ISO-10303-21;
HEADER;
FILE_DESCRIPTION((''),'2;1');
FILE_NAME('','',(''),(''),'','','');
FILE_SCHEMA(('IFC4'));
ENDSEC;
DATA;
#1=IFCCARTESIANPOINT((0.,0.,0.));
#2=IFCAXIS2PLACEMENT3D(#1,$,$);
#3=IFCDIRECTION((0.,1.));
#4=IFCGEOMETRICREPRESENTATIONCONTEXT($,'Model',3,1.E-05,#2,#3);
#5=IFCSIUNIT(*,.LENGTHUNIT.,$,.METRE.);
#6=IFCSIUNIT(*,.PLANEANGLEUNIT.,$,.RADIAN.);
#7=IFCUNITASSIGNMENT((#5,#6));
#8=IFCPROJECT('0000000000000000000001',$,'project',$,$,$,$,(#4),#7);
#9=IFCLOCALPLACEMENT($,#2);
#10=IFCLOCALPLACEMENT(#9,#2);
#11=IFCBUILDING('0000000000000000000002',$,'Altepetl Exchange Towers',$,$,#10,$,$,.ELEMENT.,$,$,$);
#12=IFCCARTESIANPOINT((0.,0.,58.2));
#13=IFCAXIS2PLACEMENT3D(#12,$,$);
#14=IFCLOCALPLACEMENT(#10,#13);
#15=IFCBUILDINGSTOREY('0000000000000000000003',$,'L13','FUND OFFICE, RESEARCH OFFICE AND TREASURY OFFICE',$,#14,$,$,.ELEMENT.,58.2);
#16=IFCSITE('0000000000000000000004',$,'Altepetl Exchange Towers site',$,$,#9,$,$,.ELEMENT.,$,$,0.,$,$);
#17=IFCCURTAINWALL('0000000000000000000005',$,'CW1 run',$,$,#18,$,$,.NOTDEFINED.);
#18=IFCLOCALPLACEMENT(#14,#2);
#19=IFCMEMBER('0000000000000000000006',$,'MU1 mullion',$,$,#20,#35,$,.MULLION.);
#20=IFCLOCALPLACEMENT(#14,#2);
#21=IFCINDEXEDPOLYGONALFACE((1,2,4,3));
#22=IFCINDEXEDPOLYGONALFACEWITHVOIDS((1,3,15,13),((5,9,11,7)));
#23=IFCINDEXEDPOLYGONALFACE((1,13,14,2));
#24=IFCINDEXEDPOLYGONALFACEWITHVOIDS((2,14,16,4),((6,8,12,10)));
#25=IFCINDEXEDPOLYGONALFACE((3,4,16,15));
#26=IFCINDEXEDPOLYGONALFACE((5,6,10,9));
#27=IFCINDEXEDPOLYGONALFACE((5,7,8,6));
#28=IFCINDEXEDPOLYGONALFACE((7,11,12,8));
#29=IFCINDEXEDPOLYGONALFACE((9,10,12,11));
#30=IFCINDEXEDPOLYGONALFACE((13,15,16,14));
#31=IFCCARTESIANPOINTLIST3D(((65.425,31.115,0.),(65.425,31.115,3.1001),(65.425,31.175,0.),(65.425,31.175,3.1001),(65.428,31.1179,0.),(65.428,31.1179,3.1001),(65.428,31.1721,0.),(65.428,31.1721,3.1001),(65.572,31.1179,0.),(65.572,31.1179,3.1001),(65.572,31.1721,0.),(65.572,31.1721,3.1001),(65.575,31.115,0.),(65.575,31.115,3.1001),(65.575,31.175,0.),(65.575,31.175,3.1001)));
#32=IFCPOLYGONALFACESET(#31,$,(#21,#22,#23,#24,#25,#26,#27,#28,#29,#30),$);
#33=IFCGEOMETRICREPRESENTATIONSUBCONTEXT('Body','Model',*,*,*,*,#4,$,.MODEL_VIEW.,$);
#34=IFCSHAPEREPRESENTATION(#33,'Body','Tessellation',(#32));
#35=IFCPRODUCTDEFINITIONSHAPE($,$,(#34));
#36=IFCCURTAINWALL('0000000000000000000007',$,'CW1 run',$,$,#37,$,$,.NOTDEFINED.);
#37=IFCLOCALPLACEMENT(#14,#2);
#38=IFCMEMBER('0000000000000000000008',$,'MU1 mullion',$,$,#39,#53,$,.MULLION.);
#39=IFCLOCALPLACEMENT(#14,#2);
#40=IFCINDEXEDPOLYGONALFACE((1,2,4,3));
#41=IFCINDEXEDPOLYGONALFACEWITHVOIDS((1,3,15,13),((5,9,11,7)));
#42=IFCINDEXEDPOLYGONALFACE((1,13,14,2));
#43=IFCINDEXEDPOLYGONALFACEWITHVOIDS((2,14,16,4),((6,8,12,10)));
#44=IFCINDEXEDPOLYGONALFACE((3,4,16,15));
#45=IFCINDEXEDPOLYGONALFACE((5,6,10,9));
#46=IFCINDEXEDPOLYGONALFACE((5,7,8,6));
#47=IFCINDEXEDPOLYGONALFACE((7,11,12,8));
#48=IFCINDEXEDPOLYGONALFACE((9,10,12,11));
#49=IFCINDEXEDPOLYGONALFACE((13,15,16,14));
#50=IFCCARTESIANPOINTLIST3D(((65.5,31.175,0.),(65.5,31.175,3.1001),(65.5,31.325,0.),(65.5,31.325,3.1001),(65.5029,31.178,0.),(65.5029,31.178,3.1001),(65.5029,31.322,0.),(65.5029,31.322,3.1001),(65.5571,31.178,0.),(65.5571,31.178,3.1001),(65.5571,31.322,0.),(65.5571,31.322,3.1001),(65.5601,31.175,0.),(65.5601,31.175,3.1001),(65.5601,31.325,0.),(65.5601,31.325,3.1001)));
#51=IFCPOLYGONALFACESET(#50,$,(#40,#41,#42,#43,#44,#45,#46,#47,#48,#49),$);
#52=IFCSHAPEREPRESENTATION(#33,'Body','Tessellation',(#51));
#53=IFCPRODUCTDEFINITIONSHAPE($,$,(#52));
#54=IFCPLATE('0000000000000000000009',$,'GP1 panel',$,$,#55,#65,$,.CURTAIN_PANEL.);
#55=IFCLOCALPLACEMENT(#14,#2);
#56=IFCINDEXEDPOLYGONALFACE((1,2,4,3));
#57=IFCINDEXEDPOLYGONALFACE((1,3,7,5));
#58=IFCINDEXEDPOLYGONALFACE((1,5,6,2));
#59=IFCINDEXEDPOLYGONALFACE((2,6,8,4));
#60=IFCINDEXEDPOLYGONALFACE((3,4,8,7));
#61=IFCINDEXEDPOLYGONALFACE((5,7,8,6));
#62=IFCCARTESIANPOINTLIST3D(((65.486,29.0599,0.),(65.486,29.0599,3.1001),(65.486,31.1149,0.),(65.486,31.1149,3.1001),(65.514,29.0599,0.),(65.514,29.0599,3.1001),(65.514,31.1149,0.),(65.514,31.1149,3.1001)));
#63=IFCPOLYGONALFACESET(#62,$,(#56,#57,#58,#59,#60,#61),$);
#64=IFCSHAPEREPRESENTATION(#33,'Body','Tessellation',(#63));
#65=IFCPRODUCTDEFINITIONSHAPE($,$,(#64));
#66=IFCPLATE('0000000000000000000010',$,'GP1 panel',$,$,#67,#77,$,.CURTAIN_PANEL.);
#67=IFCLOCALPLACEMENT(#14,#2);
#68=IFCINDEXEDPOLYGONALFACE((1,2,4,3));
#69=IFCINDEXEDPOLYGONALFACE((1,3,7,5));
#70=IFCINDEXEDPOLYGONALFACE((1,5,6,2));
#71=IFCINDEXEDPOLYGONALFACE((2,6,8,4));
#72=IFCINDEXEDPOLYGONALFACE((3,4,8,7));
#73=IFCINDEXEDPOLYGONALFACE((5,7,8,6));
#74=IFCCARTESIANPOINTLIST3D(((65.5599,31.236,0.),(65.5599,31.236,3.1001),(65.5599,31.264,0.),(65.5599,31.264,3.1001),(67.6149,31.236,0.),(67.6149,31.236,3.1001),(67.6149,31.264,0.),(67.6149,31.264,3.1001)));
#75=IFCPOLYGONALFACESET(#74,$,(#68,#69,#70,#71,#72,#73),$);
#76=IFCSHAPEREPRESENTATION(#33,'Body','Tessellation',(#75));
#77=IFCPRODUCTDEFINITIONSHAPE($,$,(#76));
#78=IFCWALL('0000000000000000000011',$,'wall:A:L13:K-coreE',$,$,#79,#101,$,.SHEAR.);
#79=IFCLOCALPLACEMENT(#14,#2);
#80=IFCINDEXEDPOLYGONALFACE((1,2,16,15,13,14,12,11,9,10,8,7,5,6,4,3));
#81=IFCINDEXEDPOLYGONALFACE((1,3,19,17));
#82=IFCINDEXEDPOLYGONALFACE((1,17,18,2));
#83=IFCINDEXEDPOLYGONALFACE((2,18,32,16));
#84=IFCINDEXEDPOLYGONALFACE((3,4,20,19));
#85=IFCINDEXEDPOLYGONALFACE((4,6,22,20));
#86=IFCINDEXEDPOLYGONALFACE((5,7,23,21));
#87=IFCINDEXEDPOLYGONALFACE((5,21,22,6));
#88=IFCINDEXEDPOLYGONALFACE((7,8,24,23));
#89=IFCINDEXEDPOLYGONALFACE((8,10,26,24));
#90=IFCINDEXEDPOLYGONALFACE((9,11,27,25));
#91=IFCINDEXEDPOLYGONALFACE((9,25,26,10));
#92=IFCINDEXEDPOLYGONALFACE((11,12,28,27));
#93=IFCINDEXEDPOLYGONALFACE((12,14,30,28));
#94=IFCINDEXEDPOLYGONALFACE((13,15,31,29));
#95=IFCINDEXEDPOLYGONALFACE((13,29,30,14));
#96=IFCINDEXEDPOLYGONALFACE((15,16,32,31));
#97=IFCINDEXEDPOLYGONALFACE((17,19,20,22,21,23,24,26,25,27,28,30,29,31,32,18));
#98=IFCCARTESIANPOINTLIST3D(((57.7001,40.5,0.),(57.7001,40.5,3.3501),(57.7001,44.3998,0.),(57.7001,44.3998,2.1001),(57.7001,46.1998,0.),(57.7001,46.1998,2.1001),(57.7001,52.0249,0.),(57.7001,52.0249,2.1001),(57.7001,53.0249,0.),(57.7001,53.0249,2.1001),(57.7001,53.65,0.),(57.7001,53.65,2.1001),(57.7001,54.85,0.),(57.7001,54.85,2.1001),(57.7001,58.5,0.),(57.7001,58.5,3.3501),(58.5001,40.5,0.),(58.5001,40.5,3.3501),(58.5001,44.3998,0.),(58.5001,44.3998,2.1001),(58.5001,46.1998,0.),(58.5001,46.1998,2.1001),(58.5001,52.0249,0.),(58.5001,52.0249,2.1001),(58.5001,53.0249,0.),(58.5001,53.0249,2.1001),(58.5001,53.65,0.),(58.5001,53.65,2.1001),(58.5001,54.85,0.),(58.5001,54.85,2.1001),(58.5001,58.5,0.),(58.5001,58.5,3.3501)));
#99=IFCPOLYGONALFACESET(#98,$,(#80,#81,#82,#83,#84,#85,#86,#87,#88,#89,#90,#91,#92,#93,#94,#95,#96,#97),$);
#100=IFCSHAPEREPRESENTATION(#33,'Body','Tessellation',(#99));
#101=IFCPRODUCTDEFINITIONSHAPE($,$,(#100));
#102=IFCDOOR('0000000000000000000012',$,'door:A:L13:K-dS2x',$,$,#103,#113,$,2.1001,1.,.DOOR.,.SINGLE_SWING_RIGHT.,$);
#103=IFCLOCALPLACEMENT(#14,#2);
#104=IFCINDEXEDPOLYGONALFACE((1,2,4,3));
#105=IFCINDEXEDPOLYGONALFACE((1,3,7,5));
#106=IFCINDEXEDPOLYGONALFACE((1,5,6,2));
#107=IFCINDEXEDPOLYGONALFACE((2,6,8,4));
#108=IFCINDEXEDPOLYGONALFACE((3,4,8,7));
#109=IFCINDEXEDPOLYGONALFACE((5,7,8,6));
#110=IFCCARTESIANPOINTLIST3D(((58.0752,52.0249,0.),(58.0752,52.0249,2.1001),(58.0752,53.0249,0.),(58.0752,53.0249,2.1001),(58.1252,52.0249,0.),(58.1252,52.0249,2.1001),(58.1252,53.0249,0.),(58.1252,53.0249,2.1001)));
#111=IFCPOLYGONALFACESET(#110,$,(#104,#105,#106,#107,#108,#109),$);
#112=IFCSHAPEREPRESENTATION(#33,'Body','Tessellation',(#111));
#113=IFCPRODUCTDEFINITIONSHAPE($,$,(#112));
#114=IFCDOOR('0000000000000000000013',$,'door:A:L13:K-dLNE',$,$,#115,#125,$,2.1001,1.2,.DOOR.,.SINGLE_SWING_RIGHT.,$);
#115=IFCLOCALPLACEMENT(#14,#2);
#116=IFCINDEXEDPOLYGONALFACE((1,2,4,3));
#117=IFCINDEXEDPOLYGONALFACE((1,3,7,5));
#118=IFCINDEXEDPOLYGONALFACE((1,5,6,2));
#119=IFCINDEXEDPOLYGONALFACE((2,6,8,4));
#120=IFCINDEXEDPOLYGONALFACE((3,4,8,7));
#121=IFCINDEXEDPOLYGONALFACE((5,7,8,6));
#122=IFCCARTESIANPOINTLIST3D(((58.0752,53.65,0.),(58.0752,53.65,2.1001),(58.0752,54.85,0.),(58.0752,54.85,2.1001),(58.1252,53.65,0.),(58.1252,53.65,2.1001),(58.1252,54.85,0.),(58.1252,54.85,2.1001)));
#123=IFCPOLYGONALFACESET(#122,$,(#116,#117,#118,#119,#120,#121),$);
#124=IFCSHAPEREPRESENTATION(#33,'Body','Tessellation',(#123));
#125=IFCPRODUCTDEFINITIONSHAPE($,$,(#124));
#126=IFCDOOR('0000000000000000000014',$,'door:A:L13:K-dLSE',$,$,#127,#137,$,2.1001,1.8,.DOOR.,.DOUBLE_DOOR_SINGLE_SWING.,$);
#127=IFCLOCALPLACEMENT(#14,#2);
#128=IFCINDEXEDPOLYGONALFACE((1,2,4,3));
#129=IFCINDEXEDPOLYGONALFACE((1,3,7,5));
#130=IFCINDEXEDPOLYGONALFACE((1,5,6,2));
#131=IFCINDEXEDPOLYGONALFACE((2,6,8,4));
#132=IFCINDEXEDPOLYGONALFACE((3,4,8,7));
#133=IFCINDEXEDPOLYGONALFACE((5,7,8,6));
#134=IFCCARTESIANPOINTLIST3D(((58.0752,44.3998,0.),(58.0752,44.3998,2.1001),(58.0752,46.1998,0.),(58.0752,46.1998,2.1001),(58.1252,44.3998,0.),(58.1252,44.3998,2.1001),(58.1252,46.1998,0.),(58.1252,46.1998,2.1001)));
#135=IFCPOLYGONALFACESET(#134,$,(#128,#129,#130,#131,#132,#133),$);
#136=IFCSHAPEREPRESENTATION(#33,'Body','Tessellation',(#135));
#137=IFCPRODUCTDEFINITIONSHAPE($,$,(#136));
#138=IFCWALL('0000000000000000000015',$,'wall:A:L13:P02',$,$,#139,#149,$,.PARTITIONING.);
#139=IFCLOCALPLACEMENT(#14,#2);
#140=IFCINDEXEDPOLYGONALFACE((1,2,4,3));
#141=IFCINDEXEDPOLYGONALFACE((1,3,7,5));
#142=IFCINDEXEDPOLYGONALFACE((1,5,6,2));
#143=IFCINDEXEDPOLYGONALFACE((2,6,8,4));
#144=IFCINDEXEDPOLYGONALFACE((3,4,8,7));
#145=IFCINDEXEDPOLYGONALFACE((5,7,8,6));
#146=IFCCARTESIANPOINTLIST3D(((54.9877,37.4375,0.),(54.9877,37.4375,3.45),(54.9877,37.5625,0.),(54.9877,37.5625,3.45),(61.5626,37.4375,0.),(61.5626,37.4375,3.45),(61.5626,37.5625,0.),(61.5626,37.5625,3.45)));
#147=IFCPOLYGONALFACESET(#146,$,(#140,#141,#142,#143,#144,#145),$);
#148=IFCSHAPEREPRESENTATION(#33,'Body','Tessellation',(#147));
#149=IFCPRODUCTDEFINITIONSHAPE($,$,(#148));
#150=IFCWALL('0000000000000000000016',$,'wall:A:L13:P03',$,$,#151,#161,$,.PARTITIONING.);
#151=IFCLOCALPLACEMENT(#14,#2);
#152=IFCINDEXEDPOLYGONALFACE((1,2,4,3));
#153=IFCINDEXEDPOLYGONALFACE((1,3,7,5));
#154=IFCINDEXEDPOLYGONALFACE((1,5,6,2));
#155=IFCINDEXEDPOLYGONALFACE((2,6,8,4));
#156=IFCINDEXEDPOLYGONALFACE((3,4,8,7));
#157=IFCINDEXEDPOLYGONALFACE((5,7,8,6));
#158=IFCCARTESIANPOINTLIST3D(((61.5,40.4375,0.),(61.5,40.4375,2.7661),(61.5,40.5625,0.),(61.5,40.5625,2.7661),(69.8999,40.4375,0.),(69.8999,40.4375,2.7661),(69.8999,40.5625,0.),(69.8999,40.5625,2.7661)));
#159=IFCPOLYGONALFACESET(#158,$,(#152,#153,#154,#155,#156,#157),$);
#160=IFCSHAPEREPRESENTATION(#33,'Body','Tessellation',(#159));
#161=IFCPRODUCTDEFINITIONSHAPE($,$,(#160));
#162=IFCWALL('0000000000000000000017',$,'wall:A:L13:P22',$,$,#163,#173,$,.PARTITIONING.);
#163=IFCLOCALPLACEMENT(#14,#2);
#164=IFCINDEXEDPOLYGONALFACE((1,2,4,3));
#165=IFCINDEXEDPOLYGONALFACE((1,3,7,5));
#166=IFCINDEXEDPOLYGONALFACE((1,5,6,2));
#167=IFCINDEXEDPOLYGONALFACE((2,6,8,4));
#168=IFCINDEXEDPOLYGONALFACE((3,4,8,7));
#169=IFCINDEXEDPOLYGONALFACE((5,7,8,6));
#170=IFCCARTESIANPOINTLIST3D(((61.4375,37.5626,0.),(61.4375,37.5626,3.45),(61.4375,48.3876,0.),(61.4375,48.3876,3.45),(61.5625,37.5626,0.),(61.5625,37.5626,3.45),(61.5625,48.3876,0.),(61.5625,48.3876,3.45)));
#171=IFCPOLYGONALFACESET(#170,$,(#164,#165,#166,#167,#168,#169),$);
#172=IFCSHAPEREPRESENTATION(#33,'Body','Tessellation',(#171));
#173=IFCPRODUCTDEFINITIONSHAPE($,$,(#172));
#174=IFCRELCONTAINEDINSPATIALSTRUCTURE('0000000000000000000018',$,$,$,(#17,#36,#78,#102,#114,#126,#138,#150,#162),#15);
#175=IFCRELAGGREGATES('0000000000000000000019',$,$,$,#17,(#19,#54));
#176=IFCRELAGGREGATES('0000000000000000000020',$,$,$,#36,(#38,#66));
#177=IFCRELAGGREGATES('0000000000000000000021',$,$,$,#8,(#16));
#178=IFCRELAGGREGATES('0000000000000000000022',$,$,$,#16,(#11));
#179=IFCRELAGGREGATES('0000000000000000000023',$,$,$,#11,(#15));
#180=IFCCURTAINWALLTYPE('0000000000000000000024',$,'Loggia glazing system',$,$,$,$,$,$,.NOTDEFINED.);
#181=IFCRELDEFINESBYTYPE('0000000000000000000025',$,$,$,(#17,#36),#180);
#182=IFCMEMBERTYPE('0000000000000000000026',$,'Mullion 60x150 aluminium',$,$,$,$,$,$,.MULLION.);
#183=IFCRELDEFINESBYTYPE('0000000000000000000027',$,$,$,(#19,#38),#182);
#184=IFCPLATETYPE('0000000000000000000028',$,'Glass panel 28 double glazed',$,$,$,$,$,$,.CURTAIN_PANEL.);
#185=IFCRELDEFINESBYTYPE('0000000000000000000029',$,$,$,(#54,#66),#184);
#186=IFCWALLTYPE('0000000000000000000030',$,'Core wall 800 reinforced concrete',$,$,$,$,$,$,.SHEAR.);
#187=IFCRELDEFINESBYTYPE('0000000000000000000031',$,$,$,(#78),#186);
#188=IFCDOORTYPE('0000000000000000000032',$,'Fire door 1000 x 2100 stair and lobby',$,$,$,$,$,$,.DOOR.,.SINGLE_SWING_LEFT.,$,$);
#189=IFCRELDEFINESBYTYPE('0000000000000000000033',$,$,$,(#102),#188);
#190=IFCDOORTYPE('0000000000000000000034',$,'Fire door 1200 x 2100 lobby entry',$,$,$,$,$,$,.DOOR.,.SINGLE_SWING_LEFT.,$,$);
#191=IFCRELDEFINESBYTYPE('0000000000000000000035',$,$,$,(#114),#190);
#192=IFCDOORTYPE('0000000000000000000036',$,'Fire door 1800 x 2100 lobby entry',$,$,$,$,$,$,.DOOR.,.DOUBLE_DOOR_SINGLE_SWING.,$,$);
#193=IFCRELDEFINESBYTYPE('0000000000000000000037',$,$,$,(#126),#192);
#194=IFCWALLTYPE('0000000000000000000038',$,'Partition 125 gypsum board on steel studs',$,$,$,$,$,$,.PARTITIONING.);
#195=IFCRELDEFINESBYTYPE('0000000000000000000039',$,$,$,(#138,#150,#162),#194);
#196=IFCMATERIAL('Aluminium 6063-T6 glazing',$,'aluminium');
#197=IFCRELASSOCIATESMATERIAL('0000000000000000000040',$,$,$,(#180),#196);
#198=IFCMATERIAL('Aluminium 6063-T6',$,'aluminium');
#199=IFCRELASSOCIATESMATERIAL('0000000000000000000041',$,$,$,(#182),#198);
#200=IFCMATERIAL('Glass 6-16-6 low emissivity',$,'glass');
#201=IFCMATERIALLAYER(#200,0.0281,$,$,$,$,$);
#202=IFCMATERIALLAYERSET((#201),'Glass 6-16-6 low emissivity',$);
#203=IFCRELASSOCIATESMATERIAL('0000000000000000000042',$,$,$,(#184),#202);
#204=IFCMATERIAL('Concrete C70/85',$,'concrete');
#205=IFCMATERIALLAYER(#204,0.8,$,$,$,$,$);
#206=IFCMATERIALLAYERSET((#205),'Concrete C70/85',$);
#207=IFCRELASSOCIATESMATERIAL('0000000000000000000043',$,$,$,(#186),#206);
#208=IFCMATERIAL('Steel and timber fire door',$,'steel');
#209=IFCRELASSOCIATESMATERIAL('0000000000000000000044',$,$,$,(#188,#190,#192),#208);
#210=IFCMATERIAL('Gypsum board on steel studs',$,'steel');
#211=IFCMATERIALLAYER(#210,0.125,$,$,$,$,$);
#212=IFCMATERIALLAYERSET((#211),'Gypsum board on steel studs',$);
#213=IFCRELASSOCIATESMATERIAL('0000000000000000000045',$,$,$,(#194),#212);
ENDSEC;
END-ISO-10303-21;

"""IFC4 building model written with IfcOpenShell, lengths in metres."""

from ifc_helpers import new_model, si_unit, direction, frame, frame_2d, origin, origin_2d, place, context, subcontext, project, spatial, rectangle, hollow_rectangle, extrude, material, layer, layer_set, material_profile, profile_set, type_object, element, fill, aggregate, save


model = new_model("IFC4")

# Units and contexts
model_context = context("Model", 3, precision=1e-05, world=origin(), true_north=direction((0.0, 1.0)))
body_context = subcontext(model_context, "Body", "Model", "MODEL_VIEW")
ifc_project = project(units=[si_unit("LENGTHUNIT", "METRE"), si_unit("PLANEANGLEUNIT", "RADIAN")], contexts=[model_context])

# Site, building, storey
site_placement = place(None, origin())
site = spatial("IfcSite", under=ifc_project, at=site_placement, Name="Altepetl Exchange Towers site", CompositionType="ELEMENT", RefElevation=0.0)
building_placement = place(site_placement, origin())
building = spatial("IfcBuilding", under=site, at=building_placement, Name="Altepetl Exchange Towers", CompositionType="ELEMENT")
storey_placement = place(building_placement, frame((0.0, 0.0, 58.2)))
storey = spatial("IfcBuildingStorey", under=building, at=storey_placement, Name="L13", Description="FUND OFFICE, RESEARCH OFFICE AND TREASURY OFFICE", CompositionType="ELEMENT", Elevation=58.2)

# Shared definitions
ifc_material_1 = material(Name="Concrete C70/85", Category="concrete")

# Curtain walls, members
ifc_material_2 = material(Name="Aluminium 6063-T6 glazing", Category="aluminium")
curtain_wall_type = type_object("IfcCurtainWallType", Name="Loggia glazing system", PredefinedType="NOTDEFINED", material=ifc_material_2)
curtain_wall_1_placement = place(storey_placement, origin())
curtain_wall_1 = element("IfcCurtainWall", 1, at=curtain_wall_1_placement, inside=storey, type_object=curtain_wall_type, Name="CW1 run", PredefinedType="NOTDEFINED")
ifc_material_3 = material(Name="Aluminium 6063-T6", Category="aluminium")
ifc_material_profile_1 = material_profile(ifc_material_3, hollow_rectangle(XDim=0.0601, YDim=0.1499, WallThickness=0.0029, at=origin_2d()), Name="Mullion 60x150 aluminium")
ifc_profile_set_1 = profile_set([ifc_material_profile_1], Name="Aluminium 6063-T6")
member_type = type_object("IfcMemberType", Name="Mullion 60x150 aluminium", PredefinedType="MULLION", material=ifc_profile_set_1)
member_1_placement = place(storey_placement, frame((65.5, 31.145, 0.0), z_axis=(0.0, 0.0, 1.0), x_axis=(0.0, 1.0, 0.0)))
member_1 = element("IfcMember", 2, at=member_1_placement, type_object=member_type, Name="MU1 mullion", PredefinedType="MULLION", context=body_context, shape_type="SweptSolid", body=[
    extrude(hollow_rectangle(XDim=0.0601, YDim=0.1499, WallThickness=0.0029, at=origin_2d()), origin(), (0.0, 0.0, 1.0), 3.1001),
])
curtain_wall_2_placement = place(storey_placement, origin())
curtain_wall_2 = element("IfcCurtainWall", 3, at=curtain_wall_2_placement, inside=storey, type_object=curtain_wall_type, Name="CW1 run", PredefinedType="NOTDEFINED")
member_2_placement = place(storey_placement, frame((65.53, 31.25, 0.0)))
member_2 = element("IfcMember", 4, at=member_2_placement, type_object=member_type, Name="MU1 mullion", PredefinedType="MULLION", context=body_context, shape_type="SweptSolid", body=[
    extrude(hollow_rectangle(XDim=0.0601, YDim=0.1499, WallThickness=0.0029, at=origin_2d()), origin(), (0.0, 0.0, 1.0), 3.1001),
])

# Plates
ifc_material_4 = material(Name="Glass 6-16-6 low emissivity", Category="glass")
ifc_layer_1 = layer(ifc_material_4, 0.0281)
ifc_layer_set_1 = layer_set([ifc_layer_1], Name="Glass 6-16-6 low emissivity")
plate_type = type_object("IfcPlateType", Name="Glass panel 28 double glazed", PredefinedType="CURTAIN_PANEL", material=ifc_layer_set_1)
plate_1_placement = place(storey_placement, frame((65.5, 30.0874, 0.0), z_axis=(0.0, 0.0, 1.0), x_axis=(0.0, 1.0, 0.0)))
plate_1 = element("IfcPlate", 5, at=plate_1_placement, type_object=plate_type, Name="GP1 panel", PredefinedType="CURTAIN_PANEL", context=body_context, shape_type="SweptSolid", body=[
    extrude(rectangle(XDim=2.0549, YDim=0.0281, at=origin_2d()), origin(), (0.0, 0.0, 1.0), 3.1001),
])
aggregate(curtain_wall_1, [member_1, plate_1])
plate_2_placement = place(storey_placement, frame((66.5874, 31.25, 0.0)))
plate_2 = element("IfcPlate", 6, at=plate_2_placement, type_object=plate_type, Name="GP1 panel", PredefinedType="CURTAIN_PANEL", context=body_context, shape_type="SweptSolid", body=[
    extrude(rectangle(XDim=2.0549, YDim=0.0281, at=origin_2d()), origin(), (0.0, 0.0, 1.0), 3.1001),
])
aggregate(curtain_wall_2, [member_2, plate_2])

# Wall, openings, doors
ifc_layer_2 = layer(ifc_material_1, 0.8)
ifc_layer_set_2 = layer_set([ifc_layer_2], Name="Concrete C70/85")
wall_type_1 = type_object("IfcWallType", Name="Core wall 800 reinforced concrete", PredefinedType="SHEAR", material=ifc_layer_set_2)
wall_1_placement = place(storey_placement, frame((58.1001, 40.5, 0.0), z_axis=(0.0, 0.0, 1.0), x_axis=(0.0, 1.0, 0.0)))
wall_1 = element("IfcWall", 7, at=wall_1_placement, inside=storey, type_object=wall_type_1, Name="wall:A:L13:K-coreE", PredefinedType="SHEAR", context=body_context, shape_type="SweptSolid", body=[
    extrude(rectangle(XDim=18.0, YDim=0.8, at=frame_2d((9.0, 0.0))), origin(), (0.0, 0.0, 1.0), 3.3501),
])
opening_1_placement = place(wall_1_placement, frame((13.1499, 0.0, 0.0)))
opening_1 = element("IfcOpeningElement", 8, at=opening_1_placement, cuts=wall_1, PredefinedType="OPENING", context=body_context, shape_type="SweptSolid", body=[
    extrude(rectangle(XDim=1.2, YDim=2.1001, at=frame_2d((0.6001, 1.05))), frame((0.0, 0.4102, 0.0), z_axis=(0.0, -1.0, 0.0), x_axis=(1.0, 0.0, 0.0)), (0.0, 0.0, 1.0), 0.8201),
])
opening_2_placement = place(wall_1_placement, frame((3.8999, 0.0, 0.0)))
opening_2 = element("IfcOpeningElement", 9, at=opening_2_placement, cuts=wall_1, PredefinedType="OPENING", context=body_context, shape_type="SweptSolid", body=[
    extrude(rectangle(XDim=1.8, YDim=2.1001, at=frame_2d((0.8999, 1.05))), frame((0.0, 0.4102, 0.0), z_axis=(0.0, -1.0, 0.0), x_axis=(1.0, 0.0, 0.0)), (0.0, 0.0, 1.0), 0.8201),
])
opening_3_placement = place(wall_1_placement, frame((11.5249, 0.0, 0.0)))
opening_3 = element("IfcOpeningElement", 10, at=opening_3_placement, cuts=wall_1, PredefinedType="OPENING", context=body_context, shape_type="SweptSolid", body=[
    extrude(rectangle(XDim=1.0, YDim=2.1001, at=frame_2d((0.5, 1.05))), frame((0.0, 0.4102, 0.0), z_axis=(0.0, -1.0, 0.0), x_axis=(1.0, 0.0, 0.0)), (0.0, 0.0, 1.0), 0.8201),
])
ifc_material_5 = material(Name="Steel and timber fire door", Category="steel")
door_type_1 = type_object("IfcDoorType", Name="Fire door 1000 x 2100 stair and lobby", OperationType="SINGLE_SWING_LEFT", PredefinedType="DOOR", material=ifc_material_5)
door_1_placement = place(opening_3_placement, origin())
door_1 = element("IfcDoor", 11, at=door_1_placement, inside=storey, type_object=door_type_1, Name="door:A:L13:K-dS2x", OperationType="SINGLE_SWING_RIGHT", OverallHeight=2.1001, OverallWidth=1.0, PredefinedType="DOOR", context=body_context, shape_type="SweptSolid", body=[
    extrude(rectangle(XDim=1.0, YDim=2.1001, at=frame_2d((0.5, 1.05))), frame((0.0, 0.0249, 0.0), z_axis=(0.0, -1.0, 0.0), x_axis=(1.0, 0.0, 0.0)), (0.0, 0.0, 1.0), 0.05),
])
fill(opening_3, door_1)
door_type_2 = type_object("IfcDoorType", Name="Fire door 1200 x 2100 lobby entry", OperationType="SINGLE_SWING_LEFT", PredefinedType="DOOR", material=ifc_material_5)
door_2_placement = place(opening_1_placement, origin())
door_2 = element("IfcDoor", 12, at=door_2_placement, inside=storey, type_object=door_type_2, Name="door:A:L13:K-dLNE", OperationType="SINGLE_SWING_RIGHT", OverallHeight=2.1001, OverallWidth=1.2, PredefinedType="DOOR", context=body_context, shape_type="SweptSolid", body=[
    extrude(rectangle(XDim=1.2, YDim=2.1001, at=frame_2d((0.6001, 1.05))), frame((0.0, 0.0249, 0.0), z_axis=(0.0, -1.0, 0.0), x_axis=(1.0, 0.0, 0.0)), (0.0, 0.0, 1.0), 0.05),
])
fill(opening_1, door_2)
door_type_3 = type_object("IfcDoorType", Name="Fire door 1800 x 2100 lobby entry", OperationType="DOUBLE_DOOR_SINGLE_SWING", PredefinedType="DOOR", material=ifc_material_5)
door_3_placement = place(opening_2_placement, origin())
door_3 = element("IfcDoor", 13, at=door_3_placement, inside=storey, type_object=door_type_3, Name="door:A:L13:K-dLSE", OperationType="DOUBLE_DOOR_SINGLE_SWING", OverallHeight=2.1001, OverallWidth=1.8, PredefinedType="DOOR", context=body_context, shape_type="SweptSolid", body=[
    extrude(rectangle(XDim=1.8, YDim=2.1001, at=frame_2d((0.8999, 1.05))), frame((0.0, 0.0249, 0.0), z_axis=(0.0, -1.0, 0.0), x_axis=(1.0, 0.0, 0.0)), (0.0, 0.0, 1.0), 0.05),
])
fill(opening_2, door_3)

# Walls
ifc_material_6 = material(Name="Gypsum board on steel studs", Category="steel")
ifc_layer_3 = layer(ifc_material_6, 0.125)
ifc_layer_set_3 = layer_set([ifc_layer_3], Name="Gypsum board on steel studs")
wall_type_2 = type_object("IfcWallType", Name="Partition 125 gypsum board on steel studs", PredefinedType="PARTITIONING", material=ifc_layer_set_3)
wall_2_placement = place(storey_placement, frame((54.9875, 37.5, 0.0)))
element("IfcWall", 14, at=wall_2_placement, inside=storey, type_object=wall_type_2, Name="wall:A:L13:P02", PredefinedType="PARTITIONING", context=body_context, shape_type="SweptSolid", body=[
    extrude(rectangle(XDim=6.575, YDim=0.125, at=frame_2d((3.2876, 0.0))), origin(), (0.0, 0.0, 1.0), 3.45),
])
wall_3_placement = place(storey_placement, frame((61.5, 40.5, 0.0)))
element("IfcWall", 15, at=wall_3_placement, inside=storey, type_object=wall_type_2, Name="wall:A:L13:P03", PredefinedType="PARTITIONING", context=body_context, shape_type="SweptSolid", body=[
    extrude(rectangle(XDim=8.3999, YDim=0.125, at=frame_2d((4.2, 0.0))), origin(), (0.0, 0.0, 1.0), 2.7661),
])
wall_4_placement = place(storey_placement, frame((61.5, 37.5625, 0.0), z_axis=(0.0, 0.0, 1.0), x_axis=(0.0, 1.0, 0.0)))
element("IfcWall", 16, at=wall_4_placement, inside=storey, type_object=wall_type_2, Name="wall:A:L13:P22", PredefinedType="PARTITIONING", context=body_context, shape_type="SweptSolid", body=[
    extrude(rectangle(XDim=10.825, YDim=0.125, at=frame_2d((5.4126, 0.0))), origin(), (0.0, 0.0, 1.0), 3.45),
])

save(model, "model.ifc")
